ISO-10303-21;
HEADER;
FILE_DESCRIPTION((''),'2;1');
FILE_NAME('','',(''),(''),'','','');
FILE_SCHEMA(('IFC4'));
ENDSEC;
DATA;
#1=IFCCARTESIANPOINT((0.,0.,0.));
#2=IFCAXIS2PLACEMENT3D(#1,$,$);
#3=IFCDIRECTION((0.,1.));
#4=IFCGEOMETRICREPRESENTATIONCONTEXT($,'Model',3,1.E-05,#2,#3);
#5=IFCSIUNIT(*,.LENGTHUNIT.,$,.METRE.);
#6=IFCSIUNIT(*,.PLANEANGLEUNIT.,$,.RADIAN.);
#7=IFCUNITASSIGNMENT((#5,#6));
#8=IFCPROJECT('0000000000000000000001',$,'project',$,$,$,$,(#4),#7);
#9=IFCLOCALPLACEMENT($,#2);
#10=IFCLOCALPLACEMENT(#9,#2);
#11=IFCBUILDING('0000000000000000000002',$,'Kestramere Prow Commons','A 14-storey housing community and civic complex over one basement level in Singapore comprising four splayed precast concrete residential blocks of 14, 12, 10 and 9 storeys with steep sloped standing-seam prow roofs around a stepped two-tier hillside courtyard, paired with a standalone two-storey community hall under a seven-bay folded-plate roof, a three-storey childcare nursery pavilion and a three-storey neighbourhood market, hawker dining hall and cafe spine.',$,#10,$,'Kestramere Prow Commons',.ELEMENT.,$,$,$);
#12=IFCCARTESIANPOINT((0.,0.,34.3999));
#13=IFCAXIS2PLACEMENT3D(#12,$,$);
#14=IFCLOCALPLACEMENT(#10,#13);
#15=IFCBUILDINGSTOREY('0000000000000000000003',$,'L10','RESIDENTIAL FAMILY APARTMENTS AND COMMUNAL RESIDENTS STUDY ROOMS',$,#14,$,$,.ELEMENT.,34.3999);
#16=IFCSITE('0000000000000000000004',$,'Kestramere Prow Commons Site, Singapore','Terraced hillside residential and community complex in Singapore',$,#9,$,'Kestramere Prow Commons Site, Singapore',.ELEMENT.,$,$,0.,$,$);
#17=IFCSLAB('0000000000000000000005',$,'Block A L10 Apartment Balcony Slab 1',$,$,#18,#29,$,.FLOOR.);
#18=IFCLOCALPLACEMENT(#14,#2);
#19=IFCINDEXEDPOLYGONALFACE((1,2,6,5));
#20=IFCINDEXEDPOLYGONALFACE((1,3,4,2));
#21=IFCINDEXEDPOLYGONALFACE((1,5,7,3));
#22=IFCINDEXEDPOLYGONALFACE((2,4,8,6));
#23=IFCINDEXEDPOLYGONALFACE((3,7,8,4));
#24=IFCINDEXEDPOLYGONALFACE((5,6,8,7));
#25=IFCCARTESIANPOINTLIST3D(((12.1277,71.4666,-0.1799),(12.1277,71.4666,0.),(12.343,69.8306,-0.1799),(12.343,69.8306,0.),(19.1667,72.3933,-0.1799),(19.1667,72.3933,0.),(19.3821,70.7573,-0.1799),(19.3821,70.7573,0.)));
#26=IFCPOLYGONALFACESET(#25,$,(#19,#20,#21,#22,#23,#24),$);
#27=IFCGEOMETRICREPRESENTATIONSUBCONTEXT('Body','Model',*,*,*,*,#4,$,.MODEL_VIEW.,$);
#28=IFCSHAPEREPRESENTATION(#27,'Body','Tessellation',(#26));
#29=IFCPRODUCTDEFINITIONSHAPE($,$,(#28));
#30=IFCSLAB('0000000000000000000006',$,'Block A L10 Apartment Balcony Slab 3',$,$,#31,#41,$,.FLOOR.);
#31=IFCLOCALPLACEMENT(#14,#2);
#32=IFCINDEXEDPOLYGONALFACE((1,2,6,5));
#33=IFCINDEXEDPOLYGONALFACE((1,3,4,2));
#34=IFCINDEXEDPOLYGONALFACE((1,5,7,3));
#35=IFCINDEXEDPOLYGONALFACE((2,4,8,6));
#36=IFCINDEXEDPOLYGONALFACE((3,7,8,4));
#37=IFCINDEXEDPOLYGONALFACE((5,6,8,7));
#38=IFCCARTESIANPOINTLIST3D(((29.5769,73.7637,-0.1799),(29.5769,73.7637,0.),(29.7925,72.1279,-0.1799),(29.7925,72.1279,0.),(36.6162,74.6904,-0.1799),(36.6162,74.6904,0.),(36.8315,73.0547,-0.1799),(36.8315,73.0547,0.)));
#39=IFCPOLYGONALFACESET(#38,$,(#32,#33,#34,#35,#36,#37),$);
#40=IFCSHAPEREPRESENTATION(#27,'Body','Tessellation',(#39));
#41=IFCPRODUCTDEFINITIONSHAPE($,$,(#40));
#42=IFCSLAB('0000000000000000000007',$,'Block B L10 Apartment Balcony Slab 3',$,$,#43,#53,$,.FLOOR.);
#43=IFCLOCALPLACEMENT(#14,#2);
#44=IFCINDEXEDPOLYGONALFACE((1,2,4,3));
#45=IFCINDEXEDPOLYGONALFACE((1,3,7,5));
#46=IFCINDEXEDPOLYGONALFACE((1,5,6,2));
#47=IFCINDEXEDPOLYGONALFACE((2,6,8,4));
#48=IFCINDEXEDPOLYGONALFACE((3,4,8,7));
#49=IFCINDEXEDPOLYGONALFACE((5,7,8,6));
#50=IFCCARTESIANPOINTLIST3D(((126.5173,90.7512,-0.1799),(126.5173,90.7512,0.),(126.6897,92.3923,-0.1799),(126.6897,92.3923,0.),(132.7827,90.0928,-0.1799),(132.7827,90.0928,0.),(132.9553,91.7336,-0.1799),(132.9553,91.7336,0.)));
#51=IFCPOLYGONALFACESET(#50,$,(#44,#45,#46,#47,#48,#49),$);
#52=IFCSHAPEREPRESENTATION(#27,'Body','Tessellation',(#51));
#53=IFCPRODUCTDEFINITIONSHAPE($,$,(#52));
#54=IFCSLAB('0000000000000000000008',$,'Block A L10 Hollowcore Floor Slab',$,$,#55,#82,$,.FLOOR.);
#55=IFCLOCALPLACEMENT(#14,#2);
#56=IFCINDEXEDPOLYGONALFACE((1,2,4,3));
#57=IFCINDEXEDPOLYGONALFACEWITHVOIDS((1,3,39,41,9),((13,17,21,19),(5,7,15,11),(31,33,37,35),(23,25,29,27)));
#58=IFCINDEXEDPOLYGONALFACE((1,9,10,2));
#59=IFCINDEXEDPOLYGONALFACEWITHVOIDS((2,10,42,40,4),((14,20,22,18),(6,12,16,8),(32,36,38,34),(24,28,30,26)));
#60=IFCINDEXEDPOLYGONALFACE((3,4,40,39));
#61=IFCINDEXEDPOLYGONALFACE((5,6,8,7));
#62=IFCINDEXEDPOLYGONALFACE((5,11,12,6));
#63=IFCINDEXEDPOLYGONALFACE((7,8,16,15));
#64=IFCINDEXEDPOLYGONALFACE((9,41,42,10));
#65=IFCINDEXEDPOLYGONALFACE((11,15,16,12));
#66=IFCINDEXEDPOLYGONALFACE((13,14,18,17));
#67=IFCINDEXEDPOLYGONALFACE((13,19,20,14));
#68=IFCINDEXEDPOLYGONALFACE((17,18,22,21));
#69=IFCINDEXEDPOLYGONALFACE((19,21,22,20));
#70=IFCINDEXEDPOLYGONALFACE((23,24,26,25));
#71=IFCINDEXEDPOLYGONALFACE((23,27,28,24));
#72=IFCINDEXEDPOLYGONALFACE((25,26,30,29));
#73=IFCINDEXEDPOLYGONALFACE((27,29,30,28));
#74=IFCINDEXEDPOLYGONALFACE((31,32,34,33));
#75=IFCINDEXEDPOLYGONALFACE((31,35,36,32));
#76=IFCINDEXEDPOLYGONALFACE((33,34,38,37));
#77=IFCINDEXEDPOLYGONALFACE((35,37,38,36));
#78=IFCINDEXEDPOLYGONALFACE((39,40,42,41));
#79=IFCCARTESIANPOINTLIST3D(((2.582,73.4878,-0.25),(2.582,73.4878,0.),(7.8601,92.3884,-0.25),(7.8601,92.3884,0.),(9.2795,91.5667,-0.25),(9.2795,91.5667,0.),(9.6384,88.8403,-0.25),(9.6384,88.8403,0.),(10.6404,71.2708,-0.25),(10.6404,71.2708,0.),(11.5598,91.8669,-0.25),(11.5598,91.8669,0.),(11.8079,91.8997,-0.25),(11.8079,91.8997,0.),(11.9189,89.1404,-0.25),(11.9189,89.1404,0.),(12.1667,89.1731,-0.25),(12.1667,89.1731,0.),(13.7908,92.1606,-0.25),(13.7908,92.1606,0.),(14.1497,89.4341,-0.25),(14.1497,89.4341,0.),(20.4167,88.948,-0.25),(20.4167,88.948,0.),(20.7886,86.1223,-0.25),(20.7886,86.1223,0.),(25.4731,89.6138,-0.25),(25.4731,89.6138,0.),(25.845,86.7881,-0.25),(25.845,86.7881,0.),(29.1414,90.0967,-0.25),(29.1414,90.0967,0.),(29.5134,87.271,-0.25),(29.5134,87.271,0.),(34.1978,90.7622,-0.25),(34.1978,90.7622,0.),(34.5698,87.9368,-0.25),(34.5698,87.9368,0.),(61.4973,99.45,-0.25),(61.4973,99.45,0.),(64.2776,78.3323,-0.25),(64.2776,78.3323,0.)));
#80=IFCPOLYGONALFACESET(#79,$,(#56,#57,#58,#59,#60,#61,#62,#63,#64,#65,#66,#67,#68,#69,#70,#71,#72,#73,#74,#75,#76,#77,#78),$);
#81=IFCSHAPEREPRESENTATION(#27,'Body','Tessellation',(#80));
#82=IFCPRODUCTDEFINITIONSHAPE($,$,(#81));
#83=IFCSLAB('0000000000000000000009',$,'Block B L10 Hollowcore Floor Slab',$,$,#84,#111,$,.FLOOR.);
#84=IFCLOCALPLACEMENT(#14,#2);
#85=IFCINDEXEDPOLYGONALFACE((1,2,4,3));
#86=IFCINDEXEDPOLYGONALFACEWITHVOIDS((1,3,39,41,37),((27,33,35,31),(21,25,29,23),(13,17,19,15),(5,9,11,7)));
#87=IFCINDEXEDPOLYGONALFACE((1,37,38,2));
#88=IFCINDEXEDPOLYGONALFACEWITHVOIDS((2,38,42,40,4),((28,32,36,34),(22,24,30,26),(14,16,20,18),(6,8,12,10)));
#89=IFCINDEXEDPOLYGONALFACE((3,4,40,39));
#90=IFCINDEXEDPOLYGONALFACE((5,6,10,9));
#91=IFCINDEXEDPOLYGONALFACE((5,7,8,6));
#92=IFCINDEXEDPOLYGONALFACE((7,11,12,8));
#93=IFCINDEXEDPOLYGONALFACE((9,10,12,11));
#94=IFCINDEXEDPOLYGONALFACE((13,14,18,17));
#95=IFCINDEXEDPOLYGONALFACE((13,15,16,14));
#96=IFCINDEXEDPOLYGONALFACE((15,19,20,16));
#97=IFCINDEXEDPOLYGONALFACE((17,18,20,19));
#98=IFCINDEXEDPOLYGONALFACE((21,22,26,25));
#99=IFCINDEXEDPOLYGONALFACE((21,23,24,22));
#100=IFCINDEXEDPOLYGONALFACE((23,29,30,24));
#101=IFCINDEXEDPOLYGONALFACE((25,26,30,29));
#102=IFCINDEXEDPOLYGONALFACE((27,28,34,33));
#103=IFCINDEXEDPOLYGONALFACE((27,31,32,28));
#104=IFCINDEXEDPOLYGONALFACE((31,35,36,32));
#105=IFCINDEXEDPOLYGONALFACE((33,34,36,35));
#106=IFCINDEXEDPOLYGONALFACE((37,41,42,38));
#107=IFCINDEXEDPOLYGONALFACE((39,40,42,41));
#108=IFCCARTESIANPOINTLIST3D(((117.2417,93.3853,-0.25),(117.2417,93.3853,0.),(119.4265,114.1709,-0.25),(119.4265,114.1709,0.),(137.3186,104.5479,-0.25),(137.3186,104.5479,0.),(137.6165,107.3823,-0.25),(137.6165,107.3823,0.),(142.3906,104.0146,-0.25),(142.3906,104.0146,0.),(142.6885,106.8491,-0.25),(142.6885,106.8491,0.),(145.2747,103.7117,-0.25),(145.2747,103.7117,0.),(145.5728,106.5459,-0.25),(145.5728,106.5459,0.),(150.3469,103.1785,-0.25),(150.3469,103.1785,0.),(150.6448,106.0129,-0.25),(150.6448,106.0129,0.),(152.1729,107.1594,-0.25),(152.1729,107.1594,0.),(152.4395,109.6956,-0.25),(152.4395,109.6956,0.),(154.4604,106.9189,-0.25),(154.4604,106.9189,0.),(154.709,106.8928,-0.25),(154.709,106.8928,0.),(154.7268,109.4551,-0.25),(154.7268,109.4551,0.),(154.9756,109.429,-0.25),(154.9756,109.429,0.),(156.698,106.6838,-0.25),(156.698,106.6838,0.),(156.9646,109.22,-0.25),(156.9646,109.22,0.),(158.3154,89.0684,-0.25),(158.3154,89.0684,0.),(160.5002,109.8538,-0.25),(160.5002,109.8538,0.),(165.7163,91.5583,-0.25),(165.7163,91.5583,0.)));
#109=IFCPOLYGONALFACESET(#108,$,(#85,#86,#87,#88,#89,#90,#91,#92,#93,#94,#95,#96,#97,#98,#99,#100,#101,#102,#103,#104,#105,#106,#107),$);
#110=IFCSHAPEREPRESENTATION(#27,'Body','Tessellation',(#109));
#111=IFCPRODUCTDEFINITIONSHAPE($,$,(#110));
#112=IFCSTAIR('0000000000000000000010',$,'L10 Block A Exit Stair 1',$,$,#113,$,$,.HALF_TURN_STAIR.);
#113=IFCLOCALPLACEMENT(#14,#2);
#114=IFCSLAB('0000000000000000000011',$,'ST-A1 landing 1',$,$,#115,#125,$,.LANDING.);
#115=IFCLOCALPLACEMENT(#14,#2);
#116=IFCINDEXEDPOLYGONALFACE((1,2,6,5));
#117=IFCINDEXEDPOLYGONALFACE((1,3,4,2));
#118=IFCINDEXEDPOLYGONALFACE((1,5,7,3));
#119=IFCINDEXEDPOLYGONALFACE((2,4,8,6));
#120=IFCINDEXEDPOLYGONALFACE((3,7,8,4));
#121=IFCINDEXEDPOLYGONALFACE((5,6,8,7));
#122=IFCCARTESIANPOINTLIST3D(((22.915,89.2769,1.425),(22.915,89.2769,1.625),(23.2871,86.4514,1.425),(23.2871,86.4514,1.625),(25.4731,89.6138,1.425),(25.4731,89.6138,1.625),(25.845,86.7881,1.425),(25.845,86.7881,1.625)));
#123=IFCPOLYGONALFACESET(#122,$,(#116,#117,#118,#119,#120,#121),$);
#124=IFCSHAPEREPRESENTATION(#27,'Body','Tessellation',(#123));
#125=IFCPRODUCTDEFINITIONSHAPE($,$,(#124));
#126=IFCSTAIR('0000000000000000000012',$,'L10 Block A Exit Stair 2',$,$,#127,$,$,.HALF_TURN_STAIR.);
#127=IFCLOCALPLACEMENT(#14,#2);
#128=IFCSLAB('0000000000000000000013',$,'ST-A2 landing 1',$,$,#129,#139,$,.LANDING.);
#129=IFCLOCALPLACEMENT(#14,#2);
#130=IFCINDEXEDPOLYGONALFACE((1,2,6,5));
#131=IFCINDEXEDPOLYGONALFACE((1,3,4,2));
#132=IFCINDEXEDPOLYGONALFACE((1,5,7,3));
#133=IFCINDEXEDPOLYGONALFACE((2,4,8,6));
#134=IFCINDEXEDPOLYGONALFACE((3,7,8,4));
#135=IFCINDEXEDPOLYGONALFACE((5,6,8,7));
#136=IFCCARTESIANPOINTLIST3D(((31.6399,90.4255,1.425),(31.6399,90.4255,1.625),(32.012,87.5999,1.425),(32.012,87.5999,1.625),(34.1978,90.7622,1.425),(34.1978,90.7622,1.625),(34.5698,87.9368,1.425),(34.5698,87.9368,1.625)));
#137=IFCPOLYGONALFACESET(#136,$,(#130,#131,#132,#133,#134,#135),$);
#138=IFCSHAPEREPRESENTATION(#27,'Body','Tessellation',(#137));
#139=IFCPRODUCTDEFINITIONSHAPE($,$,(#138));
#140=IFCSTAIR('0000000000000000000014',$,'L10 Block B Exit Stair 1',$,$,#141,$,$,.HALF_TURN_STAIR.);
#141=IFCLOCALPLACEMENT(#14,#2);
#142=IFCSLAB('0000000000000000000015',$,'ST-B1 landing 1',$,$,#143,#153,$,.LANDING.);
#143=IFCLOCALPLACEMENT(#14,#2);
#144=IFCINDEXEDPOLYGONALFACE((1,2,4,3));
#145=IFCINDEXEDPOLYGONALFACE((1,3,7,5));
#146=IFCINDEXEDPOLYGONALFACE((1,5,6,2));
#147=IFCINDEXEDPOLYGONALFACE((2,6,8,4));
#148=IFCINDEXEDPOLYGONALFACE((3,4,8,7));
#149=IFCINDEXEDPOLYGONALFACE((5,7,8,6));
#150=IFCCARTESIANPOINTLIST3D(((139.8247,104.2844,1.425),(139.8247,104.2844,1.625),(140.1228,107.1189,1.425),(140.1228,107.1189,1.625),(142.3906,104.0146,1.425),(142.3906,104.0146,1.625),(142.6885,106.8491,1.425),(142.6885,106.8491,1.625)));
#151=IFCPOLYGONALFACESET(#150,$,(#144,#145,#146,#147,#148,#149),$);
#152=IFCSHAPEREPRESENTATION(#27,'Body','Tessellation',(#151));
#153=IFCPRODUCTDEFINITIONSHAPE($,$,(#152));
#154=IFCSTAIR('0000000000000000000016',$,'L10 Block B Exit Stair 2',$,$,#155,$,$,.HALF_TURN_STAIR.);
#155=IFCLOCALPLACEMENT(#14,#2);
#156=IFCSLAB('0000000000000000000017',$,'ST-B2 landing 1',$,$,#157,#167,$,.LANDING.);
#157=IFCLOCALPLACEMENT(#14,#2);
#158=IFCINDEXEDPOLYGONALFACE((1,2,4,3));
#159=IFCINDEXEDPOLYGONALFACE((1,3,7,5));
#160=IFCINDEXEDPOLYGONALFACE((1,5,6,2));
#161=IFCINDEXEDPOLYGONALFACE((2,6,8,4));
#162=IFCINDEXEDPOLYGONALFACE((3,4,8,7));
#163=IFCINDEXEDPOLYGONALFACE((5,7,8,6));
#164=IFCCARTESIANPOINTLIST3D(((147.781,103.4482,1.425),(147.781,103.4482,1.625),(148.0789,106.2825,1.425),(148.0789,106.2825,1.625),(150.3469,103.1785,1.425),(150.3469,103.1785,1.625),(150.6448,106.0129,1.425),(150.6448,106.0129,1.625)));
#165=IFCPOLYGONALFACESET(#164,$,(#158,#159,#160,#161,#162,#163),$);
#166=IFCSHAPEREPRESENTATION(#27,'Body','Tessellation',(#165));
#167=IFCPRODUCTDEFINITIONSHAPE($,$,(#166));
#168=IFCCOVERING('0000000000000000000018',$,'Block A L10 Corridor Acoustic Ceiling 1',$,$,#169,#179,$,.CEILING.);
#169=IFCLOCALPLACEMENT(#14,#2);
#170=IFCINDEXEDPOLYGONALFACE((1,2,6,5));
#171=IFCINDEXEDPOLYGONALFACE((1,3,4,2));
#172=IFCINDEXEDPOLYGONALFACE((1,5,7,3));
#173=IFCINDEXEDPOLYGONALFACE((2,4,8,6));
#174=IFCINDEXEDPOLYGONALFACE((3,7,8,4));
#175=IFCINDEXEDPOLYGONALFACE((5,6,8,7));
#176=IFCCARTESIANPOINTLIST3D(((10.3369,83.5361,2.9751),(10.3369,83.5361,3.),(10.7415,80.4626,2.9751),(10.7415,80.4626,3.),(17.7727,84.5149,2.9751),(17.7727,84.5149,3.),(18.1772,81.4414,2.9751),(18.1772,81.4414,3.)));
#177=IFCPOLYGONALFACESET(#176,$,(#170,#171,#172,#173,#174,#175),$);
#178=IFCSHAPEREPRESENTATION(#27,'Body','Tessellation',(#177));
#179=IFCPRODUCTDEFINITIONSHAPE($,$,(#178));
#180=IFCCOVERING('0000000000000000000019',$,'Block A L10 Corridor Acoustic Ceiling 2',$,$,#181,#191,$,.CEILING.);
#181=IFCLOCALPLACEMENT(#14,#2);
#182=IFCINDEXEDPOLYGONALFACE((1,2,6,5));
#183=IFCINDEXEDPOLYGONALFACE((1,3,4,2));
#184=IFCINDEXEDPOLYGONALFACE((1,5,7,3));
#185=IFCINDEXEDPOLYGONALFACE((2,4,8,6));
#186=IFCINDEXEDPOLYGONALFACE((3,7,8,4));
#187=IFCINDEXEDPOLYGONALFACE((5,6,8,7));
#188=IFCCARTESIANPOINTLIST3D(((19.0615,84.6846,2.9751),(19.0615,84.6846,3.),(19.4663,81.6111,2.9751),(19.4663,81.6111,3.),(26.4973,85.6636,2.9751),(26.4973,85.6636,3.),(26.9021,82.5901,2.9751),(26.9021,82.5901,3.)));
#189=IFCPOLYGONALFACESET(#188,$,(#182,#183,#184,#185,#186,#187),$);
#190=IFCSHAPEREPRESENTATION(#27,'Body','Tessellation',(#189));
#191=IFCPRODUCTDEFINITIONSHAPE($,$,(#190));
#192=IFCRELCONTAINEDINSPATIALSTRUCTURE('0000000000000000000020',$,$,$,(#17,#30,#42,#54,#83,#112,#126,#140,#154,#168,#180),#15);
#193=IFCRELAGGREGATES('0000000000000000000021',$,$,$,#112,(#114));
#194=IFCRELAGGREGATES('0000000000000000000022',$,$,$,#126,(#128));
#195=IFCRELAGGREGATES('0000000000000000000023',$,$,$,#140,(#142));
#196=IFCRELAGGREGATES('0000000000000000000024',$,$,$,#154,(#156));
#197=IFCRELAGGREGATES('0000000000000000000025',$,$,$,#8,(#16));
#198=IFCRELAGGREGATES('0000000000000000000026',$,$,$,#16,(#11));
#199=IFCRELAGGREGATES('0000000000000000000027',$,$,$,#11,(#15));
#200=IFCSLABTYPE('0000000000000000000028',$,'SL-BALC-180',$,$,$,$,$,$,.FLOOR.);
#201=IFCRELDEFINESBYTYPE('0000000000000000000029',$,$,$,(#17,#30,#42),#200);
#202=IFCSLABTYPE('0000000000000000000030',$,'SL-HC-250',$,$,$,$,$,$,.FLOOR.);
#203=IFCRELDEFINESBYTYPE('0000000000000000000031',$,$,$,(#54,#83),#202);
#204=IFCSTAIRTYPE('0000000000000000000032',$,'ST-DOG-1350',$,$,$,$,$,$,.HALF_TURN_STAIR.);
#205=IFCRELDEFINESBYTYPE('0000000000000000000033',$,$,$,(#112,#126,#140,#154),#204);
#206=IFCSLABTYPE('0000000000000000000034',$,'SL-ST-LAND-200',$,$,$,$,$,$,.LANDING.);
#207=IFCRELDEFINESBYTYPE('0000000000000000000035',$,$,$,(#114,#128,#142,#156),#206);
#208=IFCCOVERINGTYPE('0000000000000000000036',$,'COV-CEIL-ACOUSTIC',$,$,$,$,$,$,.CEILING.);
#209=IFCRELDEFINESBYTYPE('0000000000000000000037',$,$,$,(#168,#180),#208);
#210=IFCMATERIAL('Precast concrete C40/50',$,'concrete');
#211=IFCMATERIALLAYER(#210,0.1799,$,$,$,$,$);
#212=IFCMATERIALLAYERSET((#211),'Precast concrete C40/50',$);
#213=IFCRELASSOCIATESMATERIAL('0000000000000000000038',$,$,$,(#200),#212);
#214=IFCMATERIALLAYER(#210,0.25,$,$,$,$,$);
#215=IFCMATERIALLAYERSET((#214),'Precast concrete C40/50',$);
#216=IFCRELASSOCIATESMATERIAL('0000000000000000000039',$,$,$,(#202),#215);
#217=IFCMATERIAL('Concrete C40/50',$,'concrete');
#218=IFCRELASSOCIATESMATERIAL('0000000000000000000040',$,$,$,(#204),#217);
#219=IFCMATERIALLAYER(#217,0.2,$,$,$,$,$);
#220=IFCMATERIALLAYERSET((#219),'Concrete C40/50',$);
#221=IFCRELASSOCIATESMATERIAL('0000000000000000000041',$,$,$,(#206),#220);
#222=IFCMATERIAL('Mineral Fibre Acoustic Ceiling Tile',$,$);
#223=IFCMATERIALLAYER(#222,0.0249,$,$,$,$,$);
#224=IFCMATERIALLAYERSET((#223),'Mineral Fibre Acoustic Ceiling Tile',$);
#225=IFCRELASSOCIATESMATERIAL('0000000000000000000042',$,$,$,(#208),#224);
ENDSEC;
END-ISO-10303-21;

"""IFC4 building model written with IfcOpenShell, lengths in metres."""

from ifc_helpers import new_model, si_unit, direction, frame, origin, place, context, subcontext, project, spatial, polyline, outline, extrude, material, layer, layer_set, type_object, element, aggregate, save


model = new_model("IFC4")

# Units and contexts
model_context = context("Model", 3, precision=1e-05, world=origin(), true_north=direction((0.0, 1.0)))
body_context = subcontext(model_context, "Body", "Model", "MODEL_VIEW")
ifc_project = project(units=[si_unit("LENGTHUNIT", "METRE"), si_unit("PLANEANGLEUNIT", "RADIAN")], contexts=[model_context])

# Site, building, storey
site_placement = place(None, origin())
site = spatial("IfcSite", under=ifc_project, at=site_placement, Name="Kestramere Prow Commons Site, Singapore", Description="Terraced hillside residential and community complex in Singapore", LongName="Kestramere Prow Commons Site, Singapore", CompositionType="ELEMENT", RefElevation=0.0)
building_placement = place(site_placement, origin())
building = spatial("IfcBuilding", under=site, at=building_placement, Name="Kestramere Prow Commons", Description="A 14-storey housing community and civic complex over one basement level in Singapore comprising four splayed precast concrete residential blocks of 14, 12, 10 and 9 storeys with steep sloped standing-seam prow roofs around a stepped two-tier hillside courtyard, paired with a standalone two-storey community hall under a seven-bay folded-plate roof, a three-storey childcare nursery pavilion and a three-storey neighbourhood market, hawker dining hall and cafe spine.", LongName="Kestramere Prow Commons", CompositionType="ELEMENT")
storey_placement = place(building_placement, frame((0.0, 0.0, 34.3999)))
storey = spatial("IfcBuildingStorey", under=building, at=storey_placement, Name="L10", Description="RESIDENTIAL FAMILY APARTMENTS AND COMMUNAL RESIDENTS STUDY ROOMS", CompositionType="ELEMENT", Elevation=34.3999)

# Slabs
ifc_material_1 = material(Name="Precast concrete C40/50", Category="concrete")
ifc_layer_1 = layer(ifc_material_1, 0.1799)
ifc_layer_set_1 = layer_set([ifc_layer_1], Name="Precast concrete C40/50")
slab_type_1 = type_object("IfcSlabType", Name="SL-BALC-180", PredefinedType="FLOOR", material=ifc_layer_set_1)
slab_1_placement = place(storey_placement, frame((0.0, 0.0, -0.1799)))
element("IfcSlab", 1, at=slab_1_placement, inside=storey, type_object=slab_type_1, Name="Block A L10 Apartment Balcony Slab 1", PredefinedType="FLOOR", context=body_context, shape_type="SweptSolid", body=[
    extrude(outline(polyline([(12.343, 69.8306), (19.3821, 70.7573), (19.1667, 72.3933), (12.1277, 71.4666), (12.343, 69.8306)])), origin(), (0.0, 0.0, 1.0), 0.1799),
])
slab_2_placement = place(storey_placement, frame((0.0, 0.0, -0.1799)))
element("IfcSlab", 2, at=slab_2_placement, inside=storey, type_object=slab_type_1, Name="Block A L10 Apartment Balcony Slab 3", PredefinedType="FLOOR", context=body_context, shape_type="SweptSolid", body=[
    extrude(outline(polyline([(29.7925, 72.1279), (36.8315, 73.0547), (36.6162, 74.6904), (29.5769, 73.7637), (29.7925, 72.1279)])), origin(), (0.0, 0.0, 1.0), 0.1799),
])
slab_3_placement = place(storey_placement, frame((0.0, 0.0, -0.1799)))
element("IfcSlab", 3, at=slab_3_placement, inside=storey, type_object=slab_type_1, Name="Block B L10 Apartment Balcony Slab 3", PredefinedType="FLOOR", context=body_context, shape_type="SweptSolid", body=[
    extrude(outline(polyline([(126.5173, 90.7512), (132.7827, 90.0928), (132.9553, 91.7336), (126.6897, 92.3923), (126.5173, 90.7512)])), origin(), (0.0, 0.0, 1.0), 0.1799),
])
ifc_layer_2 = layer(ifc_material_1, 0.25)
ifc_layer_set_2 = layer_set([ifc_layer_2], Name="Precast concrete C40/50")
slab_type_2 = type_object("IfcSlabType", Name="SL-HC-250", PredefinedType="FLOOR", material=ifc_layer_set_2)
slab_4_placement = place(storey_placement, frame((0.0, 0.0, -0.25)))
element("IfcSlab", 4, at=slab_4_placement, inside=storey, type_object=slab_type_2, Name="Block A L10 Hollowcore Floor Slab", PredefinedType="FLOOR", context=body_context, shape_type="SweptSolid", body=[
    extrude(outline(polyline([(2.582, 73.4878), (10.6404, 71.2708), (64.2776, 78.3323), (61.4973, 99.45), (7.8601, 92.3884), (2.582, 73.4878)]), holes=[polyline([(9.6384, 88.8403), (11.9189, 89.1404), (11.5598, 91.8669), (9.2795, 91.5667), (9.6384, 88.8403)]), polyline([(12.1667, 89.1731), (14.1497, 89.4341), (13.7908, 92.1606), (11.8079, 91.8997), (12.1667, 89.1731)]), polyline([(20.7886, 86.1223), (25.845, 86.7881), (25.4731, 89.6138), (20.4167, 88.948), (20.7886, 86.1223)]), polyline([(29.5134, 87.271), (34.5698, 87.9368), (34.1978, 90.7622), (29.1414, 90.0967), (29.5134, 87.271)])]), origin(), (0.0, 0.0, 1.0), 0.25),
])
slab_5_placement = place(storey_placement, frame((0.0, 0.0, -0.25)))
element("IfcSlab", 5, at=slab_5_placement, inside=storey, type_object=slab_type_2, Name="Block B L10 Hollowcore Floor Slab", PredefinedType="FLOOR", context=body_context, shape_type="SweptSolid", body=[
    extrude(outline(polyline([(117.2417, 93.3853), (158.3154, 89.0684), (165.7163, 91.5583), (160.5002, 109.8538), (119.4265, 114.1709), (117.2417, 93.3853)]), holes=[polyline([(152.1729, 107.1594), (154.4604, 106.9189), (154.7268, 109.4551), (152.4395, 109.6956), (152.1729, 107.1594)]), polyline([(154.709, 106.8928), (156.698, 106.6838), (156.9646, 109.22), (154.9756, 109.429), (154.709, 106.8928)]), polyline([(137.3186, 104.5479), (142.3906, 104.0146), (142.6885, 106.8491), (137.6165, 107.3823), (137.3186, 104.5479)]), polyline([(145.2747, 103.7117), (150.3469, 103.1785), (150.6448, 106.0129), (145.5728, 106.5459), (145.2747, 103.7117)])]), origin(), (0.0, 0.0, 1.0), 0.25),
])

# Stairs, slabs
ifc_material_2 = material(Name="Concrete C40/50", Category="concrete")
stair_type = type_object("IfcStairType", Name="ST-DOG-1350", PredefinedType="HALF_TURN_STAIR", material=ifc_material_2)
stair_1_placement = place(storey_placement, origin())
stair_1 = element("IfcStair", 6, at=stair_1_placement, inside=storey, type_object=stair_type, Name="L10 Block A Exit Stair 1", PredefinedType="HALF_TURN_STAIR")
ifc_layer_3 = layer(ifc_material_2, 0.2)
ifc_layer_set_3 = layer_set([ifc_layer_3], Name="Concrete C40/50")
slab_type_3 = type_object("IfcSlabType", Name="SL-ST-LAND-200", PredefinedType="LANDING", material=ifc_layer_set_3)
slab_6_placement = place(storey_placement, frame((0.0, 0.0, 1.425)))
slab_6 = element("IfcSlab", 7, at=slab_6_placement, type_object=slab_type_3, Name="ST-A1 landing 1", PredefinedType="LANDING", context=body_context, shape_type="SweptSolid", body=[
    extrude(outline(polyline([(23.2871, 86.4514), (25.845, 86.7881), (25.4731, 89.6138), (22.915, 89.2769), (23.2871, 86.4514)])), origin(), (0.0, 0.0, 1.0), 0.2),
])
aggregate(stair_1, [slab_6])
stair_2_placement = place(storey_placement, origin())
stair_2 = element("IfcStair", 8, at=stair_2_placement, inside=storey, type_object=stair_type, Name="L10 Block A Exit Stair 2", PredefinedType="HALF_TURN_STAIR")
slab_7_placement = place(storey_placement, frame((0.0, 0.0, 1.425)))
slab_7 = element("IfcSlab", 9, at=slab_7_placement, type_object=slab_type_3, Name="ST-A2 landing 1", PredefinedType="LANDING", context=body_context, shape_type="SweptSolid", body=[
    extrude(outline(polyline([(32.012, 87.5999), (34.5698, 87.9368), (34.1978, 90.7622), (31.6399, 90.4255), (32.012, 87.5999)])), origin(), (0.0, 0.0, 1.0), 0.2),
])
aggregate(stair_2, [slab_7])
stair_3_placement = place(storey_placement, origin())
stair_3 = element("IfcStair", 10, at=stair_3_placement, inside=storey, type_object=stair_type, Name="L10 Block B Exit Stair 1", PredefinedType="HALF_TURN_STAIR")
slab_8_placement = place(storey_placement, frame((0.0, 0.0, 1.425)))
slab_8 = element("IfcSlab", 11, at=slab_8_placement, type_object=slab_type_3, Name="ST-B1 landing 1", PredefinedType="LANDING", context=body_context, shape_type="SweptSolid", body=[
    extrude(outline(polyline([(139.8247, 104.2844), (142.3906, 104.0146), (142.6885, 106.8491), (140.1228, 107.1189), (139.8247, 104.2844)])), origin(), (0.0, 0.0, 1.0), 0.2),
])
aggregate(stair_3, [slab_8])
stair_4_placement = place(storey_placement, origin())
stair_4 = element("IfcStair", 12, at=stair_4_placement, inside=storey, type_object=stair_type, Name="L10 Block B Exit Stair 2", PredefinedType="HALF_TURN_STAIR")
slab_9_placement = place(storey_placement, frame((0.0, 0.0, 1.425)))
slab_9 = element("IfcSlab", 13, at=slab_9_placement, type_object=slab_type_3, Name="ST-B2 landing 1", PredefinedType="LANDING", context=body_context, shape_type="SweptSolid", body=[
    extrude(outline(polyline([(147.781, 103.4482), (150.3469, 103.1785), (150.6448, 106.0129), (148.0789, 106.2825), (147.781, 103.4482)])), origin(), (0.0, 0.0, 1.0), 0.2),
])
aggregate(stair_4, [slab_9])

# Coverings
ifc_material_3 = material(Name="Mineral Fibre Acoustic Ceiling Tile")
ifc_layer_4 = layer(ifc_material_3, 0.0249)
ifc_layer_set_4 = layer_set([ifc_layer_4], Name="Mineral Fibre Acoustic Ceiling Tile")
covering_type_1 = type_object("IfcCoveringType", Name="COV-CEIL-ACOUSTIC", PredefinedType="CEILING", material=ifc_layer_set_4)
covering_1_placement = place(storey_placement, frame((0.0, 0.0, 2.9751)))
element("IfcCovering", 14, at=covering_1_placement, inside=storey, type_object=covering_type_1, Name="Block A L10 Corridor Acoustic Ceiling 1", PredefinedType="CEILING", context=body_context, shape_type="SweptSolid", body=[
    extrude(outline(polyline([(10.7415, 80.4626), (18.1772, 81.4414), (17.7727, 84.5149), (10.3369, 83.5361), (10.7415, 80.4626)])), origin(), (0.0, 0.0, 1.0), 0.0249),
])
covering_2_placement = place(storey_placement, frame((0.0, 0.0, 2.9751)))
element("IfcCovering", 15, at=covering_2_placement, inside=storey, type_object=covering_type_1, Name="Block A L10 Corridor Acoustic Ceiling 2", PredefinedType="CEILING", context=body_context, shape_type="SweptSolid", body=[
    extrude(outline(polyline([(19.4663, 81.6111), (26.9021, 82.5901), (26.4973, 85.6636), (19.0615, 84.6846), (19.4663, 81.6111)])), origin(), (0.0, 0.0, 1.0), 0.0249),
])

save(model, "model.ifc")
